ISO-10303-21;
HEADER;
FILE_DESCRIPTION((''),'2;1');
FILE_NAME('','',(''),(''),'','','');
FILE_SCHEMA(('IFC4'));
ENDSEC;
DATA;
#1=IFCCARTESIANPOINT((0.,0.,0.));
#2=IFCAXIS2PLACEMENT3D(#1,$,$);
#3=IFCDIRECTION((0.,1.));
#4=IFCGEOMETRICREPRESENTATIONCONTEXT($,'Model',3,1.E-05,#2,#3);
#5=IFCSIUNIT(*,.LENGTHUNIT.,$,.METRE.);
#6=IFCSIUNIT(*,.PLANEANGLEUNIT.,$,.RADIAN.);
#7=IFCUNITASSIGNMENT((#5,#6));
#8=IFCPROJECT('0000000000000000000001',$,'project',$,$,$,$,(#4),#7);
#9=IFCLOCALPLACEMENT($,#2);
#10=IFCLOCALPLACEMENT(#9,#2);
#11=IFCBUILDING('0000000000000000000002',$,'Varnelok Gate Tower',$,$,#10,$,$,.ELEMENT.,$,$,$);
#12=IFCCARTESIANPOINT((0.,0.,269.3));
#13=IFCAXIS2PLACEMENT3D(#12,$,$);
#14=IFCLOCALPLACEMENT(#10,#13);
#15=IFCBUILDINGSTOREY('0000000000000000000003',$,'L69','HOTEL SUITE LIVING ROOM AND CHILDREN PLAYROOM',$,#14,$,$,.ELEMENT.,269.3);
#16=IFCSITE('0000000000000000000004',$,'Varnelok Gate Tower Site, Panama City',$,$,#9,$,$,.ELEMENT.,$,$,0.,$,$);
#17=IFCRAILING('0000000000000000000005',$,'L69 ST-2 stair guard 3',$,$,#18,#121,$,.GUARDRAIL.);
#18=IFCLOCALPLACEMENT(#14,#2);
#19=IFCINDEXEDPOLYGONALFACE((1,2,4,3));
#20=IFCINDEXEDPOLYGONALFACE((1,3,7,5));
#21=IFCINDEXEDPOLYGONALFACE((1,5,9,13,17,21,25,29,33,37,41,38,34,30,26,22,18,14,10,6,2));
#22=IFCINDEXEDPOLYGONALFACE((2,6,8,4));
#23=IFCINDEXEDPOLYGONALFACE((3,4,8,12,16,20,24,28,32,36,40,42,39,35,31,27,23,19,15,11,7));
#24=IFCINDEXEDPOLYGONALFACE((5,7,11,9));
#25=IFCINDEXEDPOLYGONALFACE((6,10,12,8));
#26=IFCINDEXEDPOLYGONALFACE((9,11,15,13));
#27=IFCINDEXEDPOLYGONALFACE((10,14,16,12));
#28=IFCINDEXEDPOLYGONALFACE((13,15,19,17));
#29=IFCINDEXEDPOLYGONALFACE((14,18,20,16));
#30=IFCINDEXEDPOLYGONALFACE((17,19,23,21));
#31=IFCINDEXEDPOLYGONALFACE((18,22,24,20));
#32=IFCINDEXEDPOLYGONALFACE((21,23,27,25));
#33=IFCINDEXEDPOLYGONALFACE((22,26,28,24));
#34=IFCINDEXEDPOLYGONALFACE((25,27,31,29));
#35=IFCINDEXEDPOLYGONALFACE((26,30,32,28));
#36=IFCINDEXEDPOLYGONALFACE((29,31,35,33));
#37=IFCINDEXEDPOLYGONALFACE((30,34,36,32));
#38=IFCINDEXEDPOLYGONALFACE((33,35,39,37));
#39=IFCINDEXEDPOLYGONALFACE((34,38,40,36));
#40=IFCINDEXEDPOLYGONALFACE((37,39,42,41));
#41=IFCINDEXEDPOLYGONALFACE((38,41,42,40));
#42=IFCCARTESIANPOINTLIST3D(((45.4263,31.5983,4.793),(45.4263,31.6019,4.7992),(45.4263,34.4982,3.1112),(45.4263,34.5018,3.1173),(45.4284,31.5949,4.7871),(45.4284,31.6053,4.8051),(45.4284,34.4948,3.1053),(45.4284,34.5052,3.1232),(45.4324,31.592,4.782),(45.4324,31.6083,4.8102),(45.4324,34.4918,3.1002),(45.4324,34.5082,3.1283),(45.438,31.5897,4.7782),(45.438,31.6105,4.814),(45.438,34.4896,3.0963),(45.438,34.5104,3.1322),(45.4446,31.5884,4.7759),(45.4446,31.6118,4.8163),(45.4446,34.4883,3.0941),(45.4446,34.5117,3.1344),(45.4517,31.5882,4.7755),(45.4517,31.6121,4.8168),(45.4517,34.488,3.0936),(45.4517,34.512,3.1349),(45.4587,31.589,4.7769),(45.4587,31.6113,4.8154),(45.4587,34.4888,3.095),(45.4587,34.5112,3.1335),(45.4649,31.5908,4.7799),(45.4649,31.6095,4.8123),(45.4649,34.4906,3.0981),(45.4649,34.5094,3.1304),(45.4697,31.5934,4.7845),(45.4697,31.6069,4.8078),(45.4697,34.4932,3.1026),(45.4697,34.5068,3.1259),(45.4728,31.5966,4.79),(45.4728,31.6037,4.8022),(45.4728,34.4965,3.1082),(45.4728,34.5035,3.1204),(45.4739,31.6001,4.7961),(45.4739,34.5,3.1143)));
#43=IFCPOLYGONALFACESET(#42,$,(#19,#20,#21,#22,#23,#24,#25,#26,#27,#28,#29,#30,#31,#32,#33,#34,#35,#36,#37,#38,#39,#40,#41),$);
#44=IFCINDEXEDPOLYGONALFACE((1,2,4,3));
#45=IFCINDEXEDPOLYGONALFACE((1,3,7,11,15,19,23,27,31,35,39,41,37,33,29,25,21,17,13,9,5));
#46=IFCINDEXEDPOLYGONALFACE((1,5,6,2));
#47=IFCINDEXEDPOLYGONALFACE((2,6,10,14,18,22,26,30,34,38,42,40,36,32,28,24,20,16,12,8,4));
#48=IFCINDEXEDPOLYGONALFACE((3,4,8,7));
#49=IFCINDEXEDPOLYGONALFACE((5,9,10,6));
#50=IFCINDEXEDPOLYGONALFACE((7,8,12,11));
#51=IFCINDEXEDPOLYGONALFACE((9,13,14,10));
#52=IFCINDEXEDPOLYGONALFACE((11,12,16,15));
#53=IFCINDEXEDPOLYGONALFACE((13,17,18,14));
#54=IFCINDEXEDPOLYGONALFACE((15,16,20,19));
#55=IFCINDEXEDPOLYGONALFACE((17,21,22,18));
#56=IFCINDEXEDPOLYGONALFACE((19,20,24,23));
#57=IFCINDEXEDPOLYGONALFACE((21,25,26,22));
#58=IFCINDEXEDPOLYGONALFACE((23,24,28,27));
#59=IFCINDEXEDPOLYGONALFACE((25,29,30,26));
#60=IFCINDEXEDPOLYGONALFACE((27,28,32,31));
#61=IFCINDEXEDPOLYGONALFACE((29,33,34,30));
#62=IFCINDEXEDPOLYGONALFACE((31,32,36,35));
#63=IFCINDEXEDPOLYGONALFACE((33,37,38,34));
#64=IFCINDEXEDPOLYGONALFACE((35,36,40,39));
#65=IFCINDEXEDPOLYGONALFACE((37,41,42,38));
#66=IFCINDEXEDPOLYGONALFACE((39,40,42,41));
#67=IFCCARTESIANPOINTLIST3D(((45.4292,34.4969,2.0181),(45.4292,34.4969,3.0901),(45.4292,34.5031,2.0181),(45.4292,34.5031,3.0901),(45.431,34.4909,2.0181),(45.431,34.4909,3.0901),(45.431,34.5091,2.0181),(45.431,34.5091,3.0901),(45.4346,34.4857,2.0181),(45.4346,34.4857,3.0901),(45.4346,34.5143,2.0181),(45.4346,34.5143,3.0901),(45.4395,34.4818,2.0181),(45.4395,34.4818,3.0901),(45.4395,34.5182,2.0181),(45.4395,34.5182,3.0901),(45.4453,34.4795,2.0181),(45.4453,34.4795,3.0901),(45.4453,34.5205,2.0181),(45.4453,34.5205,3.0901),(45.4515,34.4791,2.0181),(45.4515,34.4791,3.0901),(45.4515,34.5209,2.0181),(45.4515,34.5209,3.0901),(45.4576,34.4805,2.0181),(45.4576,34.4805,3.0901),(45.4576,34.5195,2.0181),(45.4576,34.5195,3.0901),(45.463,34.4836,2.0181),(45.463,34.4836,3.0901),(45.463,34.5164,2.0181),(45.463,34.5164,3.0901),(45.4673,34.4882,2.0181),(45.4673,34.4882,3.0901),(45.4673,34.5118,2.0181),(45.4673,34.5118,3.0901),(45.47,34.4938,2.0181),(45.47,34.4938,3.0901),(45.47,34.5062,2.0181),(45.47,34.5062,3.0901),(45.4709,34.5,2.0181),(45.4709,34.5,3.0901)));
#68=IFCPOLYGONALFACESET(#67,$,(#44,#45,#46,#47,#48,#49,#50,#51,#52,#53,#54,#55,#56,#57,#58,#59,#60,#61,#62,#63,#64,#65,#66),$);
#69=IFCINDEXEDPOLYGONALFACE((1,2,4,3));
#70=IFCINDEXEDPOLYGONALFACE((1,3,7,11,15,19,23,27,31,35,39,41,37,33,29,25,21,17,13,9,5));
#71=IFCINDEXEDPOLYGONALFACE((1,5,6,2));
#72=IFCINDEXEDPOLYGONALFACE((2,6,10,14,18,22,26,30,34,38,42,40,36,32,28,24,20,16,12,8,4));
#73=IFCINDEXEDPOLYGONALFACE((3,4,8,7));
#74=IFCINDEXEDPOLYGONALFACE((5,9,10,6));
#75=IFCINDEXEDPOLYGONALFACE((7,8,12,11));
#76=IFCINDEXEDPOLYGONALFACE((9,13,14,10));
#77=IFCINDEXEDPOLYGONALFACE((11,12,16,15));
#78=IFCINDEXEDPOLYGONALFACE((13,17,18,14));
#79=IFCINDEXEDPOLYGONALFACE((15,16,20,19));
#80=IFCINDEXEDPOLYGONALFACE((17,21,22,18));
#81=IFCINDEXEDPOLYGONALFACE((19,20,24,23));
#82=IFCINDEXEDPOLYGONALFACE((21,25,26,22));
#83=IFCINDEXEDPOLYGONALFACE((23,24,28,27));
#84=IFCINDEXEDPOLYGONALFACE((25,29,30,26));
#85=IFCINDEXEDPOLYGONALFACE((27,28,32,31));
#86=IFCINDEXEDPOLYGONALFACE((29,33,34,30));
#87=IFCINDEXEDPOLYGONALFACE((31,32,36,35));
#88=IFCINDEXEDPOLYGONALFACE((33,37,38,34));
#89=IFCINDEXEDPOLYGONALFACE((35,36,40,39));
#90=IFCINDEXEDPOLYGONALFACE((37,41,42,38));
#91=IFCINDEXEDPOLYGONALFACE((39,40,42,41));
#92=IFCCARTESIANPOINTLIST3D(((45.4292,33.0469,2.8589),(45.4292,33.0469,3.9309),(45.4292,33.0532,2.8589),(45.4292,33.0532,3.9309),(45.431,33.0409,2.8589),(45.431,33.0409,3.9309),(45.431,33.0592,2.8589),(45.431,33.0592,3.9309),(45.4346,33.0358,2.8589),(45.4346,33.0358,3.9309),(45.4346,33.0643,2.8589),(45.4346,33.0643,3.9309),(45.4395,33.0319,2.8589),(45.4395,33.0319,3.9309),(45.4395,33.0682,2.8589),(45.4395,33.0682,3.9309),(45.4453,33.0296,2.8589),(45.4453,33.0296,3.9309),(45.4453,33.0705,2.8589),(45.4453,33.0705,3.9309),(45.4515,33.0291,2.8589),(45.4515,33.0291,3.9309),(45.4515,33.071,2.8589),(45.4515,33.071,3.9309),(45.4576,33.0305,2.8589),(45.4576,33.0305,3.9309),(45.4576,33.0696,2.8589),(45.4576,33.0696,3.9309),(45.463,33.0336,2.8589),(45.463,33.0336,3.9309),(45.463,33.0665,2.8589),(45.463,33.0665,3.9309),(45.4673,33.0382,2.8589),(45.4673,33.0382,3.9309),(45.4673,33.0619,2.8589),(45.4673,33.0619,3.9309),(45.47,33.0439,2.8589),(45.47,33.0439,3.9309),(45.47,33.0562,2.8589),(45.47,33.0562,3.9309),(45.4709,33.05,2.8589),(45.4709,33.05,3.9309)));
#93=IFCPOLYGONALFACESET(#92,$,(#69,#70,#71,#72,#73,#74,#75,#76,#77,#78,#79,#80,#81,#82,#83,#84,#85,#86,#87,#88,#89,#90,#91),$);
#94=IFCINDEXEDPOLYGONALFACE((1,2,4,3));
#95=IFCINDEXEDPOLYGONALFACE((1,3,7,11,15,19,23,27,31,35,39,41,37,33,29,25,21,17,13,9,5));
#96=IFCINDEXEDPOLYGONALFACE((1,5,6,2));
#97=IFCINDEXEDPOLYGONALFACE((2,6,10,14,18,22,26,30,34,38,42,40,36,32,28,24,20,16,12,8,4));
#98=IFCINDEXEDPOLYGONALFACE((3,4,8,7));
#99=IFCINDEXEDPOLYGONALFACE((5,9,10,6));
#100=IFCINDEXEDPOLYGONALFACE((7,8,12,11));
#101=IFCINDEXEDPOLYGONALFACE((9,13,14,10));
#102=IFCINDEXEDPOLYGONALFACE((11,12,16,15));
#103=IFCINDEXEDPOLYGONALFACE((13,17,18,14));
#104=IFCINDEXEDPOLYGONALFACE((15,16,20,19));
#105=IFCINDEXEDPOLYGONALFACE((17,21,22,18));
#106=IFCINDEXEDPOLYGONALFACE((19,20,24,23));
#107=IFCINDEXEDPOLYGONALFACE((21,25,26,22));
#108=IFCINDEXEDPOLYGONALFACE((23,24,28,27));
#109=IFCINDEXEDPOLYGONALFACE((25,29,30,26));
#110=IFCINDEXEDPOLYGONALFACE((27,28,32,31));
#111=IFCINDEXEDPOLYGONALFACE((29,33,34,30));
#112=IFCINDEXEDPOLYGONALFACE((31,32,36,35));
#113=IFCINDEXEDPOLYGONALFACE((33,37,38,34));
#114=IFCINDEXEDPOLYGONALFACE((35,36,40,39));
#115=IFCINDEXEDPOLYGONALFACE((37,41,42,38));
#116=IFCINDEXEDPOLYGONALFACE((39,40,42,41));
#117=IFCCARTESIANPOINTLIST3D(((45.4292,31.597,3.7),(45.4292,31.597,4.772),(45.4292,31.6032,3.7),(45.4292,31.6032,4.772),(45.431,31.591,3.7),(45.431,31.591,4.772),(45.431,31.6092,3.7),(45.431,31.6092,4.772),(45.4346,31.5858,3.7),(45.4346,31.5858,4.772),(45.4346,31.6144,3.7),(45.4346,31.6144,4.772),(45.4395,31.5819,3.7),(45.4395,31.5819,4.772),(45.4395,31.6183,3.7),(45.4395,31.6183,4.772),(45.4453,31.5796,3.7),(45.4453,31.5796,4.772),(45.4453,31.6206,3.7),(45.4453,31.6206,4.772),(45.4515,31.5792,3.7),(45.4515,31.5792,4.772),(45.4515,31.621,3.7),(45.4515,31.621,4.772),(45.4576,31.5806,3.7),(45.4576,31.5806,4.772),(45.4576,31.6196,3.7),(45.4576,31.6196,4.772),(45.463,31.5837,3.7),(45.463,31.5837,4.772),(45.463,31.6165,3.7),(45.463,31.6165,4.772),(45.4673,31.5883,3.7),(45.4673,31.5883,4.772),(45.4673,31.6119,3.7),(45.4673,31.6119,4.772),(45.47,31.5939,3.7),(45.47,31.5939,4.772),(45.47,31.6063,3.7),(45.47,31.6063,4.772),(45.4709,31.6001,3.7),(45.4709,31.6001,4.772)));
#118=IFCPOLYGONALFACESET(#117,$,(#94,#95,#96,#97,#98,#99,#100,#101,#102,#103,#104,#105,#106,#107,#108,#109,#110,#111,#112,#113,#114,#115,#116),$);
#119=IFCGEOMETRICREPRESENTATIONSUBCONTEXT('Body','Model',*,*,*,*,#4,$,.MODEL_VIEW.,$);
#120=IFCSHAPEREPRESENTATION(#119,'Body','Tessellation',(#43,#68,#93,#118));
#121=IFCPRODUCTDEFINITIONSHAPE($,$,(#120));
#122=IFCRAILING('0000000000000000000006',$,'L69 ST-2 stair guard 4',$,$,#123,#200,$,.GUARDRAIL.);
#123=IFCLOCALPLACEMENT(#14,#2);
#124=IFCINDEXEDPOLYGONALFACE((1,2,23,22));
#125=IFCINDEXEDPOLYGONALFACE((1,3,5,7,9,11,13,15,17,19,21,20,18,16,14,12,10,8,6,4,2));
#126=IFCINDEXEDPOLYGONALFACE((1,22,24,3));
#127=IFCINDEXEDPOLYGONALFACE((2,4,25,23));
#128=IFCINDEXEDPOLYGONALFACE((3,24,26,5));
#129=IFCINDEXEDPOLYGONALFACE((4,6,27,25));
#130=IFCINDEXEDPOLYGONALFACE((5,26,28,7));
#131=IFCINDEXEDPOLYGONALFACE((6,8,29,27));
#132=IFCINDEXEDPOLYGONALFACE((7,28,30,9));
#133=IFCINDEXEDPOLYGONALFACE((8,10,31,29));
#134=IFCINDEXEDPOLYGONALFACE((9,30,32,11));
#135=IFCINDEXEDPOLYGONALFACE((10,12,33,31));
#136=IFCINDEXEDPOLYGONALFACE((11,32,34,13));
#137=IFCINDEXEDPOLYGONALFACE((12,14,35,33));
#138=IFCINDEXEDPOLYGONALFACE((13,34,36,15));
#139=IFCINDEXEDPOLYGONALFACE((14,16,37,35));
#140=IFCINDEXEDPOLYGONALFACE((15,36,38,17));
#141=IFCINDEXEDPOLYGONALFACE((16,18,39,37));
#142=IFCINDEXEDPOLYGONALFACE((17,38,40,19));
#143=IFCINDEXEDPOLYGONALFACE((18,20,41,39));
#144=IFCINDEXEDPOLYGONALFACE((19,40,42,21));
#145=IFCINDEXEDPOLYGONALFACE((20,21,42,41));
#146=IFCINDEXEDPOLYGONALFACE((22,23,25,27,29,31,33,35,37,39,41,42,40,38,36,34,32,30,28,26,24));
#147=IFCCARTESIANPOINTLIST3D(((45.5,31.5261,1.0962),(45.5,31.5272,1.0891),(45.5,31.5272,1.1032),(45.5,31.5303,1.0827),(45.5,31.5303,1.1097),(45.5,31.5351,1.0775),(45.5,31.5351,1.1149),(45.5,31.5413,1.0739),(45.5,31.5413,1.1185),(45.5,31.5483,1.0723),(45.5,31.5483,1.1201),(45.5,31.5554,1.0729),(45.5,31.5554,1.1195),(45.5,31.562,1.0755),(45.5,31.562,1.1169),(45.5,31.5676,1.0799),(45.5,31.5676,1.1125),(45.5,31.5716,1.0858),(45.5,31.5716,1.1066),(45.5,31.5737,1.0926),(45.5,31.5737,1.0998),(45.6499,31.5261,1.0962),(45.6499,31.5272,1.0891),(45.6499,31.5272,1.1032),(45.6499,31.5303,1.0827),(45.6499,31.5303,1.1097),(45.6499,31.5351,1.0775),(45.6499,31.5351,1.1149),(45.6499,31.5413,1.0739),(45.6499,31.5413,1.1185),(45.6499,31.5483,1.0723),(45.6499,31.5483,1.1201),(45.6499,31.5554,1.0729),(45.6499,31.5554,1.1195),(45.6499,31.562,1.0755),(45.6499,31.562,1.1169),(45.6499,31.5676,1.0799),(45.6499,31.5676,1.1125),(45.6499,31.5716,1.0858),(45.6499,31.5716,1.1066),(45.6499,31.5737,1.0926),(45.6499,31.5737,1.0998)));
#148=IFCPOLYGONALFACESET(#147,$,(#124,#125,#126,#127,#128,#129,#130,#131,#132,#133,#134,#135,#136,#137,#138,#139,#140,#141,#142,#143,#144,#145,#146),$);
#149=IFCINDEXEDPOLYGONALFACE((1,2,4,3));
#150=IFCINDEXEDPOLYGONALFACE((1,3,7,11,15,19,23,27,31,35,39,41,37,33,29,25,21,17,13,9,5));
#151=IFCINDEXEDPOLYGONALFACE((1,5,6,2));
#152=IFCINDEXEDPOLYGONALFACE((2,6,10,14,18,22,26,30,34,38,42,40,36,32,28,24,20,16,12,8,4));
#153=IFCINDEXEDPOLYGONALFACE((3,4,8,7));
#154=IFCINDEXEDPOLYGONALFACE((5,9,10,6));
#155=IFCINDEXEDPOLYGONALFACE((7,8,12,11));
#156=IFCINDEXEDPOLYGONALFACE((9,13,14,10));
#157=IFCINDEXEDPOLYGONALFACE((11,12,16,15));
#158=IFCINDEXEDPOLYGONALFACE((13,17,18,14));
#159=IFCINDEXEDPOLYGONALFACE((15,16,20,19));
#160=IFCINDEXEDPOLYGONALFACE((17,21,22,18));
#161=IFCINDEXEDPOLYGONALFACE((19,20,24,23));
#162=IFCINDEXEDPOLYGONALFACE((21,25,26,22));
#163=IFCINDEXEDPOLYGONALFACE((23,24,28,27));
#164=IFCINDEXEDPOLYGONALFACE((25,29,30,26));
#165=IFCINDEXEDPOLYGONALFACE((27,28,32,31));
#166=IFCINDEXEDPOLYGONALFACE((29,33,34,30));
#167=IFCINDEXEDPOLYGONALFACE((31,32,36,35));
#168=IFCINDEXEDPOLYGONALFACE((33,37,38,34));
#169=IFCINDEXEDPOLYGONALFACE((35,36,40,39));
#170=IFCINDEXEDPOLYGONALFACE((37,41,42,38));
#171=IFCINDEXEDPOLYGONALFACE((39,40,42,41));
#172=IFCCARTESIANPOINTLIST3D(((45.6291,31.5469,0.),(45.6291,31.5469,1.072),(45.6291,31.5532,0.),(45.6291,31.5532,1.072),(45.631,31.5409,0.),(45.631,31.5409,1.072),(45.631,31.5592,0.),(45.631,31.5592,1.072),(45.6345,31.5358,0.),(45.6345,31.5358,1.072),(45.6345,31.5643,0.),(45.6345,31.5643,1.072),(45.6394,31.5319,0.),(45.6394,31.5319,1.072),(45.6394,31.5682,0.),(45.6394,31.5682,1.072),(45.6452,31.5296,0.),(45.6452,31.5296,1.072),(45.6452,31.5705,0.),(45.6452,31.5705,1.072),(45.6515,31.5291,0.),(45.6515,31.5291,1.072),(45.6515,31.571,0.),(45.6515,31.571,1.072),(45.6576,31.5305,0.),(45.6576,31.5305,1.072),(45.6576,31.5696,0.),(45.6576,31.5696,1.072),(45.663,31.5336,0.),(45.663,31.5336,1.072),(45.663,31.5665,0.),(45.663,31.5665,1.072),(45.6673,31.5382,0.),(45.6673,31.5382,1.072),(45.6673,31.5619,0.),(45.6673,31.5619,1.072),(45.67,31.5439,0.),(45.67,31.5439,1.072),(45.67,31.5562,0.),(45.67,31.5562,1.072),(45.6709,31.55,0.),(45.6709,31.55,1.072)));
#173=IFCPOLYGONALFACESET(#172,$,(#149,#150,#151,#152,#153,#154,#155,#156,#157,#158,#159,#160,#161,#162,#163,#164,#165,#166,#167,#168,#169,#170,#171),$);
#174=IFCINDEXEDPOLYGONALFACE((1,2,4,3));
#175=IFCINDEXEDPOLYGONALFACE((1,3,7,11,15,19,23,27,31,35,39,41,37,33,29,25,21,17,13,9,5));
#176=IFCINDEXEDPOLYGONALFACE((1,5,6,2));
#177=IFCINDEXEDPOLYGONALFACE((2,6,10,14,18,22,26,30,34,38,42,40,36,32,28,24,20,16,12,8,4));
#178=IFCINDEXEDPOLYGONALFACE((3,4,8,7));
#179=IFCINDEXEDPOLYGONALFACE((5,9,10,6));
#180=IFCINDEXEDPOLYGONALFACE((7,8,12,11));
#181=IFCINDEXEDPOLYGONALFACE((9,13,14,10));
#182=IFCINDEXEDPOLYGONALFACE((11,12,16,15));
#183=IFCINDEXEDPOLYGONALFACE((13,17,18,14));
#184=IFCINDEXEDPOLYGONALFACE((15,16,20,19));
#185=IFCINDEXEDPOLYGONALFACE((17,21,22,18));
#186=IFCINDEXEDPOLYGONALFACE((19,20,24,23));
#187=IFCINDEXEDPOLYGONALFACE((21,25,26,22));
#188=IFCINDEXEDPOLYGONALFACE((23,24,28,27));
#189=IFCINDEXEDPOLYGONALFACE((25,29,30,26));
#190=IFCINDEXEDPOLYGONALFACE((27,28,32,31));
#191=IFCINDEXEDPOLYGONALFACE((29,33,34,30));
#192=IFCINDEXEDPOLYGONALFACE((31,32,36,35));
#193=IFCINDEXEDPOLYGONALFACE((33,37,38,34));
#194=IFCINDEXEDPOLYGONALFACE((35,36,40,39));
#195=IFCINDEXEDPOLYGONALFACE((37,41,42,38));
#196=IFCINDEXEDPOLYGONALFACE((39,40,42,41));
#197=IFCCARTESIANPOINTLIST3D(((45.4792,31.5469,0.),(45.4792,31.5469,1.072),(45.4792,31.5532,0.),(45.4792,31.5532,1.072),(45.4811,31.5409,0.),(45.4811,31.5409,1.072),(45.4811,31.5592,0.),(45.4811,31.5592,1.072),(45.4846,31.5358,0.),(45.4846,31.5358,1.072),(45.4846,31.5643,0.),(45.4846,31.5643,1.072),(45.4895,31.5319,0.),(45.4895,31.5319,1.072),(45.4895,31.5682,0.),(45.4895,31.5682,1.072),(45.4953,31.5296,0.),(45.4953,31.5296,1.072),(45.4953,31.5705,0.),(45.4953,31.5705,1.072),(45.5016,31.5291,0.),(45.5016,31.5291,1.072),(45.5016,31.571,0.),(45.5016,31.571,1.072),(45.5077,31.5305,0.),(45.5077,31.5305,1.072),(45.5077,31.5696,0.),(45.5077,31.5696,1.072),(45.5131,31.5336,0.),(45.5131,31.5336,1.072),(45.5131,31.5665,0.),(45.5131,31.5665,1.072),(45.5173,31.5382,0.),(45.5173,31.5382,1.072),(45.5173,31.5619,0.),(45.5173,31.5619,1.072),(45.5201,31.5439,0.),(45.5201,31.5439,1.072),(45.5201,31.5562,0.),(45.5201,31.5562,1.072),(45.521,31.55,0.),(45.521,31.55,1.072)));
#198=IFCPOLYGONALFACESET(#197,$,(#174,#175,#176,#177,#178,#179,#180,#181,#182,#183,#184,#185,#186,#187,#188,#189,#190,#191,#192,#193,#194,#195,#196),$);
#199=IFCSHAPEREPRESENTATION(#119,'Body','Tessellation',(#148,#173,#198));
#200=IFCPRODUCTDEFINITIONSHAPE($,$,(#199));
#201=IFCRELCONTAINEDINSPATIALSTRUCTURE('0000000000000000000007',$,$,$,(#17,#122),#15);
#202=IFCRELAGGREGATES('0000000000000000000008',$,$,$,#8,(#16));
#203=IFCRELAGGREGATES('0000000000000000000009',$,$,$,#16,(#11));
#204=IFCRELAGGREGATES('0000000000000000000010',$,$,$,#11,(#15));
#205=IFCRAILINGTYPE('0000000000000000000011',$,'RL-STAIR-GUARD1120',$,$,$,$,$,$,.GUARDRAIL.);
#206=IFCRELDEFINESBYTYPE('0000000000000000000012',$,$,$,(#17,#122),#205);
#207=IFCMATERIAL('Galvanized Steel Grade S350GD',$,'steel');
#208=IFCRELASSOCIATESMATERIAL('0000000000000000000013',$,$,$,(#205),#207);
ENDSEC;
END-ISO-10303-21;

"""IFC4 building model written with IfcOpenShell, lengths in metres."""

from ifc_helpers import new_model, si_unit, direction, frame, origin, origin_2d, place, context, subcontext, project, spatial, circle, extrude, material, type_object, element, save


model = new_model("IFC4")

# Units and contexts
model_context = context("Model", 3, precision=1e-05, world=origin(), true_north=direction((0.0, 1.0)))
body_context = subcontext(model_context, "Body", "Model", "MODEL_VIEW")
ifc_project = project(units=[si_unit("LENGTHUNIT", "METRE"), si_unit("PLANEANGLEUNIT", "RADIAN")], contexts=[model_context])

# Site, building, storey
site_placement = place(None, origin())
site = spatial("IfcSite", under=ifc_project, at=site_placement, Name="Varnelok Gate Tower Site, Panama City", CompositionType="ELEMENT", RefElevation=0.0)
building_placement = place(site_placement, origin())
building = spatial("IfcBuilding", under=site, at=building_placement, Name="Varnelok Gate Tower", CompositionType="ELEMENT")
storey_placement = place(building_placement, frame((0.0, 0.0, 269.3)))
storey = spatial("IfcBuildingStorey", under=building, at=storey_placement, Name="L69", Description="HOTEL SUITE LIVING ROOM AND CHILDREN PLAYROOM", CompositionType="ELEMENT", Elevation=269.3)

# Shared definitions
ifc_material_1 = material(Name="Galvanized Steel Grade S350GD", Category="steel")

# Railings
railing_type_1 = type_object("IfcRailingType", Name="RL-STAIR-GUARD1120", PredefinedType="GUARDRAIL", material=ifc_material_1)
railing_1_placement = place(storey_placement, frame((45.45, 34.5, 2.0181)))
element("IfcRailing", 1, at=railing_1_placement, inside=storey, type_object=railing_type_1, Name="L69 ST-2 stair guard 3", PredefinedType="GUARDRAIL", context=body_context, shape_type="SweptSolid", body=[
    extrude(circle(Radius=0.0239, at=origin_2d()), frame((0.0, 0.0, 1.0962), z_axis=(0.0, -0.865039, 0.501705), x_axis=(1.0, 0.0, 0.0)), (0.0, 0.0, 1.0), 3.3523),
    extrude(circle(Radius=0.021, at=origin_2d()), origin(), (0.0, 0.0, 1.0), 1.072),
    extrude(circle(Radius=0.021, at=origin_2d()), frame((0.0, -1.45, 0.8408)), (0.0, 0.0, 1.0), 1.072),
    extrude(circle(Radius=0.021, at=origin_2d()), frame((0.0, -2.8999, 1.6819)), (0.0, 0.0, 1.0), 1.072),
])
railing_2_placement = place(storey_placement, frame((45.6499, 31.55, 0.0)))
element("IfcRailing", 2, at=railing_2_placement, inside=storey, type_object=railing_type_1, Name="L69 ST-2 stair guard 4", PredefinedType="GUARDRAIL", context=body_context, shape_type="SweptSolid", body=[
    extrude(circle(Radius=0.0239, at=origin_2d()), frame((0.0, 0.0, 1.0962), z_axis=(-1.0, 0.0, 0.0), x_axis=(0.0, -1.0, 0.0)), (0.0, 0.0, 1.0), 0.1499),
    extrude(circle(Radius=0.021, at=origin_2d()), origin(), (0.0, 0.0, 1.0), 1.072),
    extrude(circle(Radius=0.021, at=origin_2d()), frame((-0.1499, 0.0, 0.0)), (0.0, 0.0, 1.0), 1.072),
])

save(model, "model.ifc")
